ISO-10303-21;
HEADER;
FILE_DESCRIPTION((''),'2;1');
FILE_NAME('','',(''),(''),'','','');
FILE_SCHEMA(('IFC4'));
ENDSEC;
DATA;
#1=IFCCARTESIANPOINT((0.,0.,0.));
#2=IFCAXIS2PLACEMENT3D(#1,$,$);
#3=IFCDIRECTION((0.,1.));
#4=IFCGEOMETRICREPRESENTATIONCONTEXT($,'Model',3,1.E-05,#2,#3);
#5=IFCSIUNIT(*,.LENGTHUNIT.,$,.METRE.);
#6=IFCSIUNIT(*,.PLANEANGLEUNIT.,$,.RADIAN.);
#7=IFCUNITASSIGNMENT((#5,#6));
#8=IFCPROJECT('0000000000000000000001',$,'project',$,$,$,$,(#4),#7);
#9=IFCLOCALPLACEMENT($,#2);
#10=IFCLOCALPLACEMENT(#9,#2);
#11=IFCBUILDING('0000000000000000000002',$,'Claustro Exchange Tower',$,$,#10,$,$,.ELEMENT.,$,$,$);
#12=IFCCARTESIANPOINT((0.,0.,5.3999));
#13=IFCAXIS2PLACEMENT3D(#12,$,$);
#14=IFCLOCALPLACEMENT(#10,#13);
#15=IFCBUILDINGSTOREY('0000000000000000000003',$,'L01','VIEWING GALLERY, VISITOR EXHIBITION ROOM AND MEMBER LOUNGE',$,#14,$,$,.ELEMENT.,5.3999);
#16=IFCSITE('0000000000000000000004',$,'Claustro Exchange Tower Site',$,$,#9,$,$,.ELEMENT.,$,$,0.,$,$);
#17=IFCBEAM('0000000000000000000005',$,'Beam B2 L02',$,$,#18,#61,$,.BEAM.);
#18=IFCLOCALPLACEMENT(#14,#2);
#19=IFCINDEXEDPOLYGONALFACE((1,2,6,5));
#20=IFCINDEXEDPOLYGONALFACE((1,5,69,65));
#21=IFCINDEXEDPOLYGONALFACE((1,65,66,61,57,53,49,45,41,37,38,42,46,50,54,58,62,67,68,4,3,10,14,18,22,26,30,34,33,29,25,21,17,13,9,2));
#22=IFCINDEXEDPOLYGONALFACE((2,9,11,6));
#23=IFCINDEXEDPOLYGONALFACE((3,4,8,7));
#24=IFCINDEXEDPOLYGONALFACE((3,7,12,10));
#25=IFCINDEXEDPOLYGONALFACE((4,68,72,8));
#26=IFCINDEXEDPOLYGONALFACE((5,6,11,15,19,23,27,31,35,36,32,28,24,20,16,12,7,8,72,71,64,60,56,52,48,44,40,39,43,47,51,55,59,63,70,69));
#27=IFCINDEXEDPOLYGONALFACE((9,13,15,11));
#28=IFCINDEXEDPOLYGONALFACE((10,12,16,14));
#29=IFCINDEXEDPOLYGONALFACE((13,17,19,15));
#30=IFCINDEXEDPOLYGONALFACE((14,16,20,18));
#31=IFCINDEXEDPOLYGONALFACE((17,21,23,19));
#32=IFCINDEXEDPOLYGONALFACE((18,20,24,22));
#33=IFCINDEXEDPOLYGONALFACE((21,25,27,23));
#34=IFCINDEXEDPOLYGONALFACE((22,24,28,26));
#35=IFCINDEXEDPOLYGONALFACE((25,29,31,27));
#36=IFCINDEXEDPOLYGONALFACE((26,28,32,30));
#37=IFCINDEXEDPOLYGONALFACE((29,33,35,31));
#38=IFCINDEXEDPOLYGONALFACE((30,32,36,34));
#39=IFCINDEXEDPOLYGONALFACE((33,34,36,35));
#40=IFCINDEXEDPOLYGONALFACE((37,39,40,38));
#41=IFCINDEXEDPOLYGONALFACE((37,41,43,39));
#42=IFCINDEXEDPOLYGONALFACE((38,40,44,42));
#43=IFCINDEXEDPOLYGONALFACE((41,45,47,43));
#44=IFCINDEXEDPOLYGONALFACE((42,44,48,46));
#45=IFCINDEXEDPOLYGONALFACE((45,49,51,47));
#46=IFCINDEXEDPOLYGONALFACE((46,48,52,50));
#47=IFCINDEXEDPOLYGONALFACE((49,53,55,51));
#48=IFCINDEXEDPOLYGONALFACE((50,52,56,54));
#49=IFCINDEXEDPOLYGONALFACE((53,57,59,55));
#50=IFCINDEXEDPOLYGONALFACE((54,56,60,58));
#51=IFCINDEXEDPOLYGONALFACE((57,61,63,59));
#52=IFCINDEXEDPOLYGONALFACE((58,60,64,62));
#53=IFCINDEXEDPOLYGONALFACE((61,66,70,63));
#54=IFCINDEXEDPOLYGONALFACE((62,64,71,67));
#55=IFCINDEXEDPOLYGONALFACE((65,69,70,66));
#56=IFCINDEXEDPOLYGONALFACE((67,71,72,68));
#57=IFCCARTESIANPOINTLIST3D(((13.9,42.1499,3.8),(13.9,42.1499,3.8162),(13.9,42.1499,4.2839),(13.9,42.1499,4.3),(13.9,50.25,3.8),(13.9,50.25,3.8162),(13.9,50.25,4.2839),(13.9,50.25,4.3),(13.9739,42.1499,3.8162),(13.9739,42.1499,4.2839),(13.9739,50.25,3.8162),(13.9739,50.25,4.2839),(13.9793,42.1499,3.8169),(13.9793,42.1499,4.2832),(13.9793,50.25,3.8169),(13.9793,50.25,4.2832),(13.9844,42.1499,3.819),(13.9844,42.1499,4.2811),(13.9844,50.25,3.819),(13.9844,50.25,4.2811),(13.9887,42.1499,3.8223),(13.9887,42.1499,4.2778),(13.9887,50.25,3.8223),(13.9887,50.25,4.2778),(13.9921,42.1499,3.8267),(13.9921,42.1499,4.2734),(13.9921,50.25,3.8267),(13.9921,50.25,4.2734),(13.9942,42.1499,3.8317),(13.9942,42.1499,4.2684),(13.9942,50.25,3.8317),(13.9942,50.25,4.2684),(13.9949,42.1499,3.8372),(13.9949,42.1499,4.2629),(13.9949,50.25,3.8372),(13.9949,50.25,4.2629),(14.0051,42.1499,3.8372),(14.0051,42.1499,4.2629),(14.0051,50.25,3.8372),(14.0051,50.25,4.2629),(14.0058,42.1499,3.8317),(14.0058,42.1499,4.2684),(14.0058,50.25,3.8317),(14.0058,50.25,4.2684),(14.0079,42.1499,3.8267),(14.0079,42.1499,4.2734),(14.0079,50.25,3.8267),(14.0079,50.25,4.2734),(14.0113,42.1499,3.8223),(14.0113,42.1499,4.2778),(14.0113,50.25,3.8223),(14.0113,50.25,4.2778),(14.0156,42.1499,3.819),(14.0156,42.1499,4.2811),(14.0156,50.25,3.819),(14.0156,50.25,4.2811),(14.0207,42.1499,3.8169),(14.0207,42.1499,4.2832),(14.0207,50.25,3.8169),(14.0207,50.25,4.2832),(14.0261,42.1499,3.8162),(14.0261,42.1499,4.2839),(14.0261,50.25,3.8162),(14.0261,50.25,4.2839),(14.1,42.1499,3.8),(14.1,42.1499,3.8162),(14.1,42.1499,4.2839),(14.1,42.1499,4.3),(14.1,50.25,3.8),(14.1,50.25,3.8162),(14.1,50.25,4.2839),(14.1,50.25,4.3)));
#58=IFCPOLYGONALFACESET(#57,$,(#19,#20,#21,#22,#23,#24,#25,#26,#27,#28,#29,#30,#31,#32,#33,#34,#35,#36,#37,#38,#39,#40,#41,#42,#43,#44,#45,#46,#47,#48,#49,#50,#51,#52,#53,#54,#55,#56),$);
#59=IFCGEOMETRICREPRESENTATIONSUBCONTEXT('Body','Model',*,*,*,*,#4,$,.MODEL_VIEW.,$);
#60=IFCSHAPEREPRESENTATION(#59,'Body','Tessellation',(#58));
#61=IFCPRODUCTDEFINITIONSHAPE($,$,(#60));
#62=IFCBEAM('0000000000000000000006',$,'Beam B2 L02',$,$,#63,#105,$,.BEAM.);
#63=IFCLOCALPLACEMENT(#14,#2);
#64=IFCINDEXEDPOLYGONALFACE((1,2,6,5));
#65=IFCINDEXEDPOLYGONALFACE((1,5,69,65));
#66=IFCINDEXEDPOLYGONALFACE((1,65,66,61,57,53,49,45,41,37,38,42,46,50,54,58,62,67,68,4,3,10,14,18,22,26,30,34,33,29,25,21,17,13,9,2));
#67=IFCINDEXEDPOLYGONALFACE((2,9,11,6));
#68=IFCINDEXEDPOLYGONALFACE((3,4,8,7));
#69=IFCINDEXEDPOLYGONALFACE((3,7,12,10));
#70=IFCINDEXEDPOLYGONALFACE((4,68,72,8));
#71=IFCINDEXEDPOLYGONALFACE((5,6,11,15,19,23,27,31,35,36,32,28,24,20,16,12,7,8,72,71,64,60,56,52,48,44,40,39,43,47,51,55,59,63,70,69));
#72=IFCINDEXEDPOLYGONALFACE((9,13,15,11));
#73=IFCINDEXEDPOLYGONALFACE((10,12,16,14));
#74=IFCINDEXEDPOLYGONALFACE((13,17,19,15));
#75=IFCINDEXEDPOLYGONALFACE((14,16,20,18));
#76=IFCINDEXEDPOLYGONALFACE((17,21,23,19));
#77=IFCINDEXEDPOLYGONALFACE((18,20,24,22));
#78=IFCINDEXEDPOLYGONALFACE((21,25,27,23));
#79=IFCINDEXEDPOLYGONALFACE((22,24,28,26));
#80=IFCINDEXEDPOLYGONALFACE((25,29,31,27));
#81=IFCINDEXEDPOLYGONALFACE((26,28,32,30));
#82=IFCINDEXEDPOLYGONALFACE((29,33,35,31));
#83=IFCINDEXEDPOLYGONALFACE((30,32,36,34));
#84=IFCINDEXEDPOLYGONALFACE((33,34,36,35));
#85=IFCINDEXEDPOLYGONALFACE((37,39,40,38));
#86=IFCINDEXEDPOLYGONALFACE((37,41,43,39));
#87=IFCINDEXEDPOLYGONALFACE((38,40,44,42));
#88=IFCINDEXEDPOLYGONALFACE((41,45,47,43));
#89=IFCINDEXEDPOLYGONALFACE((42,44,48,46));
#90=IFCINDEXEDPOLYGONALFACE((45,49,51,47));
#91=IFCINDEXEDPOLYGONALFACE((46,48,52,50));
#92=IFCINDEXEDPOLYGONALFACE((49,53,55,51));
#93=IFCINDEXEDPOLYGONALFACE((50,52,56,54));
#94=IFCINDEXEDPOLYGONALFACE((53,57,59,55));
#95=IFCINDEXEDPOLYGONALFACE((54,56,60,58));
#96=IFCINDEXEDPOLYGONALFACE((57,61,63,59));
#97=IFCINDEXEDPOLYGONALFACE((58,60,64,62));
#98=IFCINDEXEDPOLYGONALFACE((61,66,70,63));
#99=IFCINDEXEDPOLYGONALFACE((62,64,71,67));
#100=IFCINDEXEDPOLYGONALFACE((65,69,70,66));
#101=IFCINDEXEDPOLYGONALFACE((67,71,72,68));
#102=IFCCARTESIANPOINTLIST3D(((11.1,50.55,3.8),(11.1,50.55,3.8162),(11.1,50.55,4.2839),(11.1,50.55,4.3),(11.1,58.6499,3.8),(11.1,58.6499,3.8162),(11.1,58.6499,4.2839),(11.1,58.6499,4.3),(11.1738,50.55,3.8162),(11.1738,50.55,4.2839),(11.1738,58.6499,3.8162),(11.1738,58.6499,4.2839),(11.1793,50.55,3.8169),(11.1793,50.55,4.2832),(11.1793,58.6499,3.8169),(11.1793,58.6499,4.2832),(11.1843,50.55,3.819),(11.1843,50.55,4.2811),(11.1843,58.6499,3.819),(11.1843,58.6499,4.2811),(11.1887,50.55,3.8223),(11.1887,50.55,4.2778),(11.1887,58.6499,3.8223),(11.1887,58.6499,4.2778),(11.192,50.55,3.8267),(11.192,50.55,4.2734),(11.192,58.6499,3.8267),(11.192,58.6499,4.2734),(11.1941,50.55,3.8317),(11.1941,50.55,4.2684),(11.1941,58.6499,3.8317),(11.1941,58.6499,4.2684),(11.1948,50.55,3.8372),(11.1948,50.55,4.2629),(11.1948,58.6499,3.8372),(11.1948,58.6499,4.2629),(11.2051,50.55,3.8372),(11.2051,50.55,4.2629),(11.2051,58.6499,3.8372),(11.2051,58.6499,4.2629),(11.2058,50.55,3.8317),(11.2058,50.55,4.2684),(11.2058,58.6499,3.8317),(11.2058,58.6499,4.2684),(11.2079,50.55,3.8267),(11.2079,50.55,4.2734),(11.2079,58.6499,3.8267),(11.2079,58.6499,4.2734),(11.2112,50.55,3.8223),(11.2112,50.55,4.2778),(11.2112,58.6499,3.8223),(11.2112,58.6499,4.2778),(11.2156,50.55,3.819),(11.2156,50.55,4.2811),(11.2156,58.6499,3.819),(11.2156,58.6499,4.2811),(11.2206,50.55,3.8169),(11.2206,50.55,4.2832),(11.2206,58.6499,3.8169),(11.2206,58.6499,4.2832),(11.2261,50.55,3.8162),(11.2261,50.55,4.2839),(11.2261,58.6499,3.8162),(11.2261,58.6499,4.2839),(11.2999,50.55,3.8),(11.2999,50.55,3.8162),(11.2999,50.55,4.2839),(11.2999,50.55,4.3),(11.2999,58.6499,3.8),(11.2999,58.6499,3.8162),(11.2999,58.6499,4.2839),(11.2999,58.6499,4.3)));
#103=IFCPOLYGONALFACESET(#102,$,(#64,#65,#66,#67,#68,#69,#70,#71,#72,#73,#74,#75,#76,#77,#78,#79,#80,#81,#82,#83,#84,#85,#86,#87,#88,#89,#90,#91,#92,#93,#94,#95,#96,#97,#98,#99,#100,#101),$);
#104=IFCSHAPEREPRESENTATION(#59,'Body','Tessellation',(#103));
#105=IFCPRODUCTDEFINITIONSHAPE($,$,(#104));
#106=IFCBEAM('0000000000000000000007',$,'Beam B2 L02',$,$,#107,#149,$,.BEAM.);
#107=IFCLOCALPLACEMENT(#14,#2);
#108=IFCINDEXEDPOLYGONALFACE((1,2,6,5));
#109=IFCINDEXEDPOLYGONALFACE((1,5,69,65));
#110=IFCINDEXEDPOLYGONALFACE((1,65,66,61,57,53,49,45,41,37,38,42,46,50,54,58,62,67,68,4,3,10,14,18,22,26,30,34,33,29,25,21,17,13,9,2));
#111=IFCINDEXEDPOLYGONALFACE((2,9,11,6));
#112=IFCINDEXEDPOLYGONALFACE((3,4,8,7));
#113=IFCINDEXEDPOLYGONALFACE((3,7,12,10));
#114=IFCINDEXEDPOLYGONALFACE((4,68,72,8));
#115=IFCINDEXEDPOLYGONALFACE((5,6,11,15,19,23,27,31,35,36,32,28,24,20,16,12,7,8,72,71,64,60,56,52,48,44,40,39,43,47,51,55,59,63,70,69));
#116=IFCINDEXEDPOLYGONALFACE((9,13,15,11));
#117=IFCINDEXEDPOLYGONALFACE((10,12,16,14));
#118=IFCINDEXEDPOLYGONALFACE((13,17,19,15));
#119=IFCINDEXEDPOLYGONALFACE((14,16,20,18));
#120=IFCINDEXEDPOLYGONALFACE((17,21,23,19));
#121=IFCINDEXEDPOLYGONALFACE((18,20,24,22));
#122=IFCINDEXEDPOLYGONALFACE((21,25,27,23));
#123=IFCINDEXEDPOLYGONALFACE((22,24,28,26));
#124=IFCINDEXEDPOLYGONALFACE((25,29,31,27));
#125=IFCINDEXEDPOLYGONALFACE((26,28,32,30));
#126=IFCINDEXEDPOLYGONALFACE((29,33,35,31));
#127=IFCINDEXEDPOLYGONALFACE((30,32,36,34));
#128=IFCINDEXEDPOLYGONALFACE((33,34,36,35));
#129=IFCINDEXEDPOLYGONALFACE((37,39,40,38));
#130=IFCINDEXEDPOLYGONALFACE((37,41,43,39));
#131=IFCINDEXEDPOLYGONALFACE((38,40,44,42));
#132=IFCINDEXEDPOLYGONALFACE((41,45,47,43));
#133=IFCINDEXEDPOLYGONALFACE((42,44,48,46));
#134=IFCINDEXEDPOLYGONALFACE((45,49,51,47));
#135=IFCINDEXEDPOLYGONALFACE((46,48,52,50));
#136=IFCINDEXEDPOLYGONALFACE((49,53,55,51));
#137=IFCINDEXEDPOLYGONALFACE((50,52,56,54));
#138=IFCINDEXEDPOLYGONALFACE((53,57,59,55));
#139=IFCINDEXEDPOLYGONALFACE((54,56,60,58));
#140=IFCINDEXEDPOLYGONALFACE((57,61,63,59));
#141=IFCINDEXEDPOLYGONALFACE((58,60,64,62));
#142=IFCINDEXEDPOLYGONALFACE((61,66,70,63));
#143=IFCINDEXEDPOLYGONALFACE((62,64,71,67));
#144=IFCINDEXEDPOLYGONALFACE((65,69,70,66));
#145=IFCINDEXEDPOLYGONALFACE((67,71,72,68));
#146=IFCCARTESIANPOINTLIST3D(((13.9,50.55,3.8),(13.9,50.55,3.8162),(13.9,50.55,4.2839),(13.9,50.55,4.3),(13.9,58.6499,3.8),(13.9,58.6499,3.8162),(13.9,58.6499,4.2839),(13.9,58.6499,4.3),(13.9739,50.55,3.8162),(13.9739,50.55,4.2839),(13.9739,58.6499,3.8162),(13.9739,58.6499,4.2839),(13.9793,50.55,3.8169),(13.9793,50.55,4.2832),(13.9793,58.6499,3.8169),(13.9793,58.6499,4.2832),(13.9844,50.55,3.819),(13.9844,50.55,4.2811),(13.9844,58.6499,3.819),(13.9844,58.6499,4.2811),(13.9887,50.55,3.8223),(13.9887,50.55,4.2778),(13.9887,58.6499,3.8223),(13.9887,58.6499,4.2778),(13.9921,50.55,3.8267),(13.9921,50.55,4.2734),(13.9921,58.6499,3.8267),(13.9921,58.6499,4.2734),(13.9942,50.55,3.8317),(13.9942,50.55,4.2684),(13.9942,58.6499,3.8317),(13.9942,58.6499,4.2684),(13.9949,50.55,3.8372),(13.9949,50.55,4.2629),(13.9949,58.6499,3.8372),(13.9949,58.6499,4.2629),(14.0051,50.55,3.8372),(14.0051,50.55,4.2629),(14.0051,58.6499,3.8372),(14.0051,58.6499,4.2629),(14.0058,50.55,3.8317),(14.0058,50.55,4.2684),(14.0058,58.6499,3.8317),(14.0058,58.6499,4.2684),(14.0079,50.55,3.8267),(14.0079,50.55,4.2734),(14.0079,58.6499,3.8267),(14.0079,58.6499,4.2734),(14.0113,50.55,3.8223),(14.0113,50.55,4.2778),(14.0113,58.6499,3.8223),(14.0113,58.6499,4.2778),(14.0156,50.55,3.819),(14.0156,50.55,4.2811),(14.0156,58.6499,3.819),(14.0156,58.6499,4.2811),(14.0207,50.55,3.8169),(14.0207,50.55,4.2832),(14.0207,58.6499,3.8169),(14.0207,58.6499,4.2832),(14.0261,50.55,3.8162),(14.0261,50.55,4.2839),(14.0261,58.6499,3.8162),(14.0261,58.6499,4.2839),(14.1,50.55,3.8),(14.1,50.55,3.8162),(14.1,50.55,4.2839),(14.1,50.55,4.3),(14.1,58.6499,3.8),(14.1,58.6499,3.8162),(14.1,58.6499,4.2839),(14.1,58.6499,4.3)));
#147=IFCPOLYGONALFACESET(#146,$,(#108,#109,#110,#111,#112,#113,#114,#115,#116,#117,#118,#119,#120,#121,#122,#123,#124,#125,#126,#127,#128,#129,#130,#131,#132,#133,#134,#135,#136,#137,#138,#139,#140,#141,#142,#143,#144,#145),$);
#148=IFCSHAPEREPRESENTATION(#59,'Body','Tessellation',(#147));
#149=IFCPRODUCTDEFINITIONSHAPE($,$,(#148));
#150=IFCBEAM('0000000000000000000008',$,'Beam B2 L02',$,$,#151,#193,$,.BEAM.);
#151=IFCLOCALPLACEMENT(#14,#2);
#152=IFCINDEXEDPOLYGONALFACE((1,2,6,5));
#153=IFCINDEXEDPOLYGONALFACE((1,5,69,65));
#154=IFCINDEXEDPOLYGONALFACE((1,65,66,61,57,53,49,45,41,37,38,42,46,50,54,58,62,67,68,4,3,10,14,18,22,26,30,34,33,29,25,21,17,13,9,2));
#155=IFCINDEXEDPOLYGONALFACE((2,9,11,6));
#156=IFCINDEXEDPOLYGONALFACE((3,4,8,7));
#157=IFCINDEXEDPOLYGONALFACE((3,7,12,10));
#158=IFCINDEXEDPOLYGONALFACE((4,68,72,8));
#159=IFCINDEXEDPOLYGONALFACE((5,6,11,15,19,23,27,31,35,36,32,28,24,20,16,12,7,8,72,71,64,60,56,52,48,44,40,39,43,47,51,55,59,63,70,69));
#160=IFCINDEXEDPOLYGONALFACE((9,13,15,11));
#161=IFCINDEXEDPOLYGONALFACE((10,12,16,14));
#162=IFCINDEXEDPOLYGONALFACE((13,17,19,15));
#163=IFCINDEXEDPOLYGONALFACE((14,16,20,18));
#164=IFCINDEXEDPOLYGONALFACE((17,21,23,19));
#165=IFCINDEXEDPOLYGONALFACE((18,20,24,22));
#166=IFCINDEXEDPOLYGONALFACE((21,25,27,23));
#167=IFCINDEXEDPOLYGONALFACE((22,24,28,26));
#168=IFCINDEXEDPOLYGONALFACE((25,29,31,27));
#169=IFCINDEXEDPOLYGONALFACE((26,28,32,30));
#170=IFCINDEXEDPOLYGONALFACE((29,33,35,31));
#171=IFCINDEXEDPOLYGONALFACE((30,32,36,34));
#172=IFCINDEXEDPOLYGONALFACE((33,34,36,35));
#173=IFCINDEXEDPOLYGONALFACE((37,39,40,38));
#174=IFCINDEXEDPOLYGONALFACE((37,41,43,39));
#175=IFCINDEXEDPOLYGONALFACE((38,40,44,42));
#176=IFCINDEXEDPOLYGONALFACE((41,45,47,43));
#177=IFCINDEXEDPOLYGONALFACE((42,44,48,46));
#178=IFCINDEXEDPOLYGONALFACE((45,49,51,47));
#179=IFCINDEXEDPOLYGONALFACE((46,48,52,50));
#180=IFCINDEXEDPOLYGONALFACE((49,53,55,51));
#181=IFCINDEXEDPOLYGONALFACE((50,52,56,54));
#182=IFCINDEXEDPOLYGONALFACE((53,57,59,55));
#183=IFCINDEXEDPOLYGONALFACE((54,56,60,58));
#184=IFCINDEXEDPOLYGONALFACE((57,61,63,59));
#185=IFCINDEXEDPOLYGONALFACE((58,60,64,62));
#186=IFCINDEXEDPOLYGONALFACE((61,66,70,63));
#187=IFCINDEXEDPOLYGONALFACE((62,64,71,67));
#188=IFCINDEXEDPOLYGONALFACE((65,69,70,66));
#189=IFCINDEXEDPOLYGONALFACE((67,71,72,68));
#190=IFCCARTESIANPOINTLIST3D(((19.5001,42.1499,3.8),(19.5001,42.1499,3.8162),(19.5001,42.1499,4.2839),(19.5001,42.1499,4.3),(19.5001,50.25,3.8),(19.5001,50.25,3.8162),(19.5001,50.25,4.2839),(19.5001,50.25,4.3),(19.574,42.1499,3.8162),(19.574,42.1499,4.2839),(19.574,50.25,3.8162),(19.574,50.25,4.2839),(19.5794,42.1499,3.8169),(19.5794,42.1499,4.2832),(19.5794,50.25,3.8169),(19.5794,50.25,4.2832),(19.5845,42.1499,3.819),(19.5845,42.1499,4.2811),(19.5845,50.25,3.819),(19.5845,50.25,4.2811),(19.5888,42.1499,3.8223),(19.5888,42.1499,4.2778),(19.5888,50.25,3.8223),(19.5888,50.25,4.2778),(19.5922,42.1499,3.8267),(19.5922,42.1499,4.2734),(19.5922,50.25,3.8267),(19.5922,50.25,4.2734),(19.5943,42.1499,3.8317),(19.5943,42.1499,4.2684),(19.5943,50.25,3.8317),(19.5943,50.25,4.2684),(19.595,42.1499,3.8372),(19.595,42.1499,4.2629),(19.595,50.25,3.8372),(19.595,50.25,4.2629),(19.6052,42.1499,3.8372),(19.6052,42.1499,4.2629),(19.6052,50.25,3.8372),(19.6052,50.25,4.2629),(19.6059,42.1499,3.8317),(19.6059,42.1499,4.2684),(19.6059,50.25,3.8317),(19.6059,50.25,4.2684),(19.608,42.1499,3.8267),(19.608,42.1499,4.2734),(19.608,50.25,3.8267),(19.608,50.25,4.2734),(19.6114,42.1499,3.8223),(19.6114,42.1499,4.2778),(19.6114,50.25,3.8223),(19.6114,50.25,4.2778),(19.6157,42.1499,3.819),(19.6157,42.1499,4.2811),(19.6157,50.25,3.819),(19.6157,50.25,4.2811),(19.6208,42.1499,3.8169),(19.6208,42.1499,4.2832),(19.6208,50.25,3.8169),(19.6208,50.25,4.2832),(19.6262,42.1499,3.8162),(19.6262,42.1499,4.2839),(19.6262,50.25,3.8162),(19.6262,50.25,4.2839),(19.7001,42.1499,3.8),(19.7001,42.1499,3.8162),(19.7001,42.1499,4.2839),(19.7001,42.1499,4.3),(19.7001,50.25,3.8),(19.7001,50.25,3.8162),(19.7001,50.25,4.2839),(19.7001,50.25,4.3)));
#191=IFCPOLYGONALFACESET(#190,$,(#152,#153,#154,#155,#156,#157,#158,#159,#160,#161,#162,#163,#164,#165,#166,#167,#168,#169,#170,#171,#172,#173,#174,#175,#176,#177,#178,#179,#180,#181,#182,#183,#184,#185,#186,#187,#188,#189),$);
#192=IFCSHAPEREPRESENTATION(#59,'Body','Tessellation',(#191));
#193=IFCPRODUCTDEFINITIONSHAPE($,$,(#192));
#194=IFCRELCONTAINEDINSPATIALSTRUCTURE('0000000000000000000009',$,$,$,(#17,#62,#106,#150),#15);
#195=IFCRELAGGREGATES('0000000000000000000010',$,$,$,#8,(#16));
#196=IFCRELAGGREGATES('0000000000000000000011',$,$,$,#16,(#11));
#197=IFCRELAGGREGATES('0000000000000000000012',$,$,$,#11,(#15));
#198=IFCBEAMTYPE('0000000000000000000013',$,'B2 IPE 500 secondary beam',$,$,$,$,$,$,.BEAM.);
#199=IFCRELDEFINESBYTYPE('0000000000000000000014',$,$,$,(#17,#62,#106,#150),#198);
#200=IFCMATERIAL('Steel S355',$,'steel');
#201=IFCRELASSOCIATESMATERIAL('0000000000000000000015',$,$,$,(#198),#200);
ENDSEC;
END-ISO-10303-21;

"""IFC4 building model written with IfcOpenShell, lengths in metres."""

from ifc_helpers import new_model, si_unit, direction, frame, origin, origin_2d, place, context, subcontext, project, spatial, i_section, extrude, material, material_profile, profile_set, type_object, element, save


model = new_model("IFC4")

# Units and contexts
model_context = context("Model", 3, precision=1e-05, world=origin(), true_north=direction((0.0, 1.0)))
body_context = subcontext(model_context, "Body", "Model", "MODEL_VIEW")
ifc_project = project(units=[si_unit("LENGTHUNIT", "METRE"), si_unit("PLANEANGLEUNIT", "RADIAN")], contexts=[model_context])

# Site, building, storey
site_placement = place(None, origin())
site = spatial("IfcSite", under=ifc_project, at=site_placement, Name="Claustro Exchange Tower Site", CompositionType="ELEMENT", RefElevation=0.0)
building_placement = place(site_placement, origin())
building = spatial("IfcBuilding", under=site, at=building_placement, Name="Claustro Exchange Tower", CompositionType="ELEMENT")
storey_placement = place(building_placement, frame((0.0, 0.0, 5.3999)))
storey = spatial("IfcBuildingStorey", under=building, at=storey_placement, Name="L01", Description="VIEWING GALLERY, VISITOR EXHIBITION ROOM AND MEMBER LOUNGE", CompositionType="ELEMENT", Elevation=5.3999)

# Beams
ifc_material_1 = material(Name="Steel S355", Category="steel")
ifc_material_profile_1 = material_profile(ifc_material_1, i_section(OverallWidth=0.2, OverallDepth=0.5, WebThickness=0.0103, FlangeThickness=0.0161, FilletRadius=0.021, at=origin_2d()), Name="IPE 500")
ifc_profile_set_1 = profile_set([ifc_material_profile_1], Name="Steel S355")
beam_type_1 = type_object("IfcBeamType", Name="B2 IPE 500 secondary beam", PredefinedType="BEAM", material=ifc_profile_set_1)
beam_1_placement = place(storey_placement, frame((14.0, 42.1499, 4.05), z_axis=(0.0, 1.0, 0.0), x_axis=(-1.0, 0.0, 0.0)))
element("IfcBeam", 1, at=beam_1_placement, inside=storey, type_object=beam_type_1, Name="Beam B2 L02", PredefinedType="BEAM", context=body_context, shape_type="SweptSolid", body=[
    extrude(i_section(OverallWidth=0.2, OverallDepth=0.5, WebThickness=0.0103, FlangeThickness=0.0161, FilletRadius=0.021, at=origin_2d()), origin(), (0.0, 0.0, 1.0), 8.1001),
])
for number, where, z_axis, x_axis, name in (
    (2, (11.2, 50.55, 4.05), (0.0, 1.0, 0.0), (-1.0, 0.0, 0.0), "Beam B2 L02"),
    (3, (14.0, 50.55, 4.05), (0.0, 1.0, 0.0), (-1.0, 0.0, 0.0), "Beam B2 L02"),
):
    element("IfcBeam", number, at=place(storey_placement, frame(where, z_axis=z_axis, x_axis=x_axis)), inside=storey, type_object=beam_type_1, Name=name, PredefinedType="BEAM", context=body_context, shape_type="SweptSolid", body=[
        extrude(i_section(OverallWidth=0.2, OverallDepth=0.5, WebThickness=0.0103, FlangeThickness=0.0161, FilletRadius=0.021, at=origin_2d()), origin(), (0.0, 0.0, 1.0), 8.0999),
    ])
for number, where, z_axis, x_axis, name in (
    (4, (19.6001, 42.1499, 4.05), (0.0, 1.0, 0.0), (-1.0, 0.0, 0.0), "Beam B2 L02"),
):
    element("IfcBeam", number, at=place(storey_placement, frame(where, z_axis=z_axis, x_axis=x_axis)), inside=storey, type_object=beam_type_1, Name=name, PredefinedType="BEAM", context=body_context, shape_type="SweptSolid", body=[
        extrude(i_section(OverallWidth=0.2, OverallDepth=0.5, WebThickness=0.0103, FlangeThickness=0.0161, FilletRadius=0.021, at=origin_2d()), origin(), (0.0, 0.0, 1.0), 8.1001),
    ])

save(model, "model.ifc")
